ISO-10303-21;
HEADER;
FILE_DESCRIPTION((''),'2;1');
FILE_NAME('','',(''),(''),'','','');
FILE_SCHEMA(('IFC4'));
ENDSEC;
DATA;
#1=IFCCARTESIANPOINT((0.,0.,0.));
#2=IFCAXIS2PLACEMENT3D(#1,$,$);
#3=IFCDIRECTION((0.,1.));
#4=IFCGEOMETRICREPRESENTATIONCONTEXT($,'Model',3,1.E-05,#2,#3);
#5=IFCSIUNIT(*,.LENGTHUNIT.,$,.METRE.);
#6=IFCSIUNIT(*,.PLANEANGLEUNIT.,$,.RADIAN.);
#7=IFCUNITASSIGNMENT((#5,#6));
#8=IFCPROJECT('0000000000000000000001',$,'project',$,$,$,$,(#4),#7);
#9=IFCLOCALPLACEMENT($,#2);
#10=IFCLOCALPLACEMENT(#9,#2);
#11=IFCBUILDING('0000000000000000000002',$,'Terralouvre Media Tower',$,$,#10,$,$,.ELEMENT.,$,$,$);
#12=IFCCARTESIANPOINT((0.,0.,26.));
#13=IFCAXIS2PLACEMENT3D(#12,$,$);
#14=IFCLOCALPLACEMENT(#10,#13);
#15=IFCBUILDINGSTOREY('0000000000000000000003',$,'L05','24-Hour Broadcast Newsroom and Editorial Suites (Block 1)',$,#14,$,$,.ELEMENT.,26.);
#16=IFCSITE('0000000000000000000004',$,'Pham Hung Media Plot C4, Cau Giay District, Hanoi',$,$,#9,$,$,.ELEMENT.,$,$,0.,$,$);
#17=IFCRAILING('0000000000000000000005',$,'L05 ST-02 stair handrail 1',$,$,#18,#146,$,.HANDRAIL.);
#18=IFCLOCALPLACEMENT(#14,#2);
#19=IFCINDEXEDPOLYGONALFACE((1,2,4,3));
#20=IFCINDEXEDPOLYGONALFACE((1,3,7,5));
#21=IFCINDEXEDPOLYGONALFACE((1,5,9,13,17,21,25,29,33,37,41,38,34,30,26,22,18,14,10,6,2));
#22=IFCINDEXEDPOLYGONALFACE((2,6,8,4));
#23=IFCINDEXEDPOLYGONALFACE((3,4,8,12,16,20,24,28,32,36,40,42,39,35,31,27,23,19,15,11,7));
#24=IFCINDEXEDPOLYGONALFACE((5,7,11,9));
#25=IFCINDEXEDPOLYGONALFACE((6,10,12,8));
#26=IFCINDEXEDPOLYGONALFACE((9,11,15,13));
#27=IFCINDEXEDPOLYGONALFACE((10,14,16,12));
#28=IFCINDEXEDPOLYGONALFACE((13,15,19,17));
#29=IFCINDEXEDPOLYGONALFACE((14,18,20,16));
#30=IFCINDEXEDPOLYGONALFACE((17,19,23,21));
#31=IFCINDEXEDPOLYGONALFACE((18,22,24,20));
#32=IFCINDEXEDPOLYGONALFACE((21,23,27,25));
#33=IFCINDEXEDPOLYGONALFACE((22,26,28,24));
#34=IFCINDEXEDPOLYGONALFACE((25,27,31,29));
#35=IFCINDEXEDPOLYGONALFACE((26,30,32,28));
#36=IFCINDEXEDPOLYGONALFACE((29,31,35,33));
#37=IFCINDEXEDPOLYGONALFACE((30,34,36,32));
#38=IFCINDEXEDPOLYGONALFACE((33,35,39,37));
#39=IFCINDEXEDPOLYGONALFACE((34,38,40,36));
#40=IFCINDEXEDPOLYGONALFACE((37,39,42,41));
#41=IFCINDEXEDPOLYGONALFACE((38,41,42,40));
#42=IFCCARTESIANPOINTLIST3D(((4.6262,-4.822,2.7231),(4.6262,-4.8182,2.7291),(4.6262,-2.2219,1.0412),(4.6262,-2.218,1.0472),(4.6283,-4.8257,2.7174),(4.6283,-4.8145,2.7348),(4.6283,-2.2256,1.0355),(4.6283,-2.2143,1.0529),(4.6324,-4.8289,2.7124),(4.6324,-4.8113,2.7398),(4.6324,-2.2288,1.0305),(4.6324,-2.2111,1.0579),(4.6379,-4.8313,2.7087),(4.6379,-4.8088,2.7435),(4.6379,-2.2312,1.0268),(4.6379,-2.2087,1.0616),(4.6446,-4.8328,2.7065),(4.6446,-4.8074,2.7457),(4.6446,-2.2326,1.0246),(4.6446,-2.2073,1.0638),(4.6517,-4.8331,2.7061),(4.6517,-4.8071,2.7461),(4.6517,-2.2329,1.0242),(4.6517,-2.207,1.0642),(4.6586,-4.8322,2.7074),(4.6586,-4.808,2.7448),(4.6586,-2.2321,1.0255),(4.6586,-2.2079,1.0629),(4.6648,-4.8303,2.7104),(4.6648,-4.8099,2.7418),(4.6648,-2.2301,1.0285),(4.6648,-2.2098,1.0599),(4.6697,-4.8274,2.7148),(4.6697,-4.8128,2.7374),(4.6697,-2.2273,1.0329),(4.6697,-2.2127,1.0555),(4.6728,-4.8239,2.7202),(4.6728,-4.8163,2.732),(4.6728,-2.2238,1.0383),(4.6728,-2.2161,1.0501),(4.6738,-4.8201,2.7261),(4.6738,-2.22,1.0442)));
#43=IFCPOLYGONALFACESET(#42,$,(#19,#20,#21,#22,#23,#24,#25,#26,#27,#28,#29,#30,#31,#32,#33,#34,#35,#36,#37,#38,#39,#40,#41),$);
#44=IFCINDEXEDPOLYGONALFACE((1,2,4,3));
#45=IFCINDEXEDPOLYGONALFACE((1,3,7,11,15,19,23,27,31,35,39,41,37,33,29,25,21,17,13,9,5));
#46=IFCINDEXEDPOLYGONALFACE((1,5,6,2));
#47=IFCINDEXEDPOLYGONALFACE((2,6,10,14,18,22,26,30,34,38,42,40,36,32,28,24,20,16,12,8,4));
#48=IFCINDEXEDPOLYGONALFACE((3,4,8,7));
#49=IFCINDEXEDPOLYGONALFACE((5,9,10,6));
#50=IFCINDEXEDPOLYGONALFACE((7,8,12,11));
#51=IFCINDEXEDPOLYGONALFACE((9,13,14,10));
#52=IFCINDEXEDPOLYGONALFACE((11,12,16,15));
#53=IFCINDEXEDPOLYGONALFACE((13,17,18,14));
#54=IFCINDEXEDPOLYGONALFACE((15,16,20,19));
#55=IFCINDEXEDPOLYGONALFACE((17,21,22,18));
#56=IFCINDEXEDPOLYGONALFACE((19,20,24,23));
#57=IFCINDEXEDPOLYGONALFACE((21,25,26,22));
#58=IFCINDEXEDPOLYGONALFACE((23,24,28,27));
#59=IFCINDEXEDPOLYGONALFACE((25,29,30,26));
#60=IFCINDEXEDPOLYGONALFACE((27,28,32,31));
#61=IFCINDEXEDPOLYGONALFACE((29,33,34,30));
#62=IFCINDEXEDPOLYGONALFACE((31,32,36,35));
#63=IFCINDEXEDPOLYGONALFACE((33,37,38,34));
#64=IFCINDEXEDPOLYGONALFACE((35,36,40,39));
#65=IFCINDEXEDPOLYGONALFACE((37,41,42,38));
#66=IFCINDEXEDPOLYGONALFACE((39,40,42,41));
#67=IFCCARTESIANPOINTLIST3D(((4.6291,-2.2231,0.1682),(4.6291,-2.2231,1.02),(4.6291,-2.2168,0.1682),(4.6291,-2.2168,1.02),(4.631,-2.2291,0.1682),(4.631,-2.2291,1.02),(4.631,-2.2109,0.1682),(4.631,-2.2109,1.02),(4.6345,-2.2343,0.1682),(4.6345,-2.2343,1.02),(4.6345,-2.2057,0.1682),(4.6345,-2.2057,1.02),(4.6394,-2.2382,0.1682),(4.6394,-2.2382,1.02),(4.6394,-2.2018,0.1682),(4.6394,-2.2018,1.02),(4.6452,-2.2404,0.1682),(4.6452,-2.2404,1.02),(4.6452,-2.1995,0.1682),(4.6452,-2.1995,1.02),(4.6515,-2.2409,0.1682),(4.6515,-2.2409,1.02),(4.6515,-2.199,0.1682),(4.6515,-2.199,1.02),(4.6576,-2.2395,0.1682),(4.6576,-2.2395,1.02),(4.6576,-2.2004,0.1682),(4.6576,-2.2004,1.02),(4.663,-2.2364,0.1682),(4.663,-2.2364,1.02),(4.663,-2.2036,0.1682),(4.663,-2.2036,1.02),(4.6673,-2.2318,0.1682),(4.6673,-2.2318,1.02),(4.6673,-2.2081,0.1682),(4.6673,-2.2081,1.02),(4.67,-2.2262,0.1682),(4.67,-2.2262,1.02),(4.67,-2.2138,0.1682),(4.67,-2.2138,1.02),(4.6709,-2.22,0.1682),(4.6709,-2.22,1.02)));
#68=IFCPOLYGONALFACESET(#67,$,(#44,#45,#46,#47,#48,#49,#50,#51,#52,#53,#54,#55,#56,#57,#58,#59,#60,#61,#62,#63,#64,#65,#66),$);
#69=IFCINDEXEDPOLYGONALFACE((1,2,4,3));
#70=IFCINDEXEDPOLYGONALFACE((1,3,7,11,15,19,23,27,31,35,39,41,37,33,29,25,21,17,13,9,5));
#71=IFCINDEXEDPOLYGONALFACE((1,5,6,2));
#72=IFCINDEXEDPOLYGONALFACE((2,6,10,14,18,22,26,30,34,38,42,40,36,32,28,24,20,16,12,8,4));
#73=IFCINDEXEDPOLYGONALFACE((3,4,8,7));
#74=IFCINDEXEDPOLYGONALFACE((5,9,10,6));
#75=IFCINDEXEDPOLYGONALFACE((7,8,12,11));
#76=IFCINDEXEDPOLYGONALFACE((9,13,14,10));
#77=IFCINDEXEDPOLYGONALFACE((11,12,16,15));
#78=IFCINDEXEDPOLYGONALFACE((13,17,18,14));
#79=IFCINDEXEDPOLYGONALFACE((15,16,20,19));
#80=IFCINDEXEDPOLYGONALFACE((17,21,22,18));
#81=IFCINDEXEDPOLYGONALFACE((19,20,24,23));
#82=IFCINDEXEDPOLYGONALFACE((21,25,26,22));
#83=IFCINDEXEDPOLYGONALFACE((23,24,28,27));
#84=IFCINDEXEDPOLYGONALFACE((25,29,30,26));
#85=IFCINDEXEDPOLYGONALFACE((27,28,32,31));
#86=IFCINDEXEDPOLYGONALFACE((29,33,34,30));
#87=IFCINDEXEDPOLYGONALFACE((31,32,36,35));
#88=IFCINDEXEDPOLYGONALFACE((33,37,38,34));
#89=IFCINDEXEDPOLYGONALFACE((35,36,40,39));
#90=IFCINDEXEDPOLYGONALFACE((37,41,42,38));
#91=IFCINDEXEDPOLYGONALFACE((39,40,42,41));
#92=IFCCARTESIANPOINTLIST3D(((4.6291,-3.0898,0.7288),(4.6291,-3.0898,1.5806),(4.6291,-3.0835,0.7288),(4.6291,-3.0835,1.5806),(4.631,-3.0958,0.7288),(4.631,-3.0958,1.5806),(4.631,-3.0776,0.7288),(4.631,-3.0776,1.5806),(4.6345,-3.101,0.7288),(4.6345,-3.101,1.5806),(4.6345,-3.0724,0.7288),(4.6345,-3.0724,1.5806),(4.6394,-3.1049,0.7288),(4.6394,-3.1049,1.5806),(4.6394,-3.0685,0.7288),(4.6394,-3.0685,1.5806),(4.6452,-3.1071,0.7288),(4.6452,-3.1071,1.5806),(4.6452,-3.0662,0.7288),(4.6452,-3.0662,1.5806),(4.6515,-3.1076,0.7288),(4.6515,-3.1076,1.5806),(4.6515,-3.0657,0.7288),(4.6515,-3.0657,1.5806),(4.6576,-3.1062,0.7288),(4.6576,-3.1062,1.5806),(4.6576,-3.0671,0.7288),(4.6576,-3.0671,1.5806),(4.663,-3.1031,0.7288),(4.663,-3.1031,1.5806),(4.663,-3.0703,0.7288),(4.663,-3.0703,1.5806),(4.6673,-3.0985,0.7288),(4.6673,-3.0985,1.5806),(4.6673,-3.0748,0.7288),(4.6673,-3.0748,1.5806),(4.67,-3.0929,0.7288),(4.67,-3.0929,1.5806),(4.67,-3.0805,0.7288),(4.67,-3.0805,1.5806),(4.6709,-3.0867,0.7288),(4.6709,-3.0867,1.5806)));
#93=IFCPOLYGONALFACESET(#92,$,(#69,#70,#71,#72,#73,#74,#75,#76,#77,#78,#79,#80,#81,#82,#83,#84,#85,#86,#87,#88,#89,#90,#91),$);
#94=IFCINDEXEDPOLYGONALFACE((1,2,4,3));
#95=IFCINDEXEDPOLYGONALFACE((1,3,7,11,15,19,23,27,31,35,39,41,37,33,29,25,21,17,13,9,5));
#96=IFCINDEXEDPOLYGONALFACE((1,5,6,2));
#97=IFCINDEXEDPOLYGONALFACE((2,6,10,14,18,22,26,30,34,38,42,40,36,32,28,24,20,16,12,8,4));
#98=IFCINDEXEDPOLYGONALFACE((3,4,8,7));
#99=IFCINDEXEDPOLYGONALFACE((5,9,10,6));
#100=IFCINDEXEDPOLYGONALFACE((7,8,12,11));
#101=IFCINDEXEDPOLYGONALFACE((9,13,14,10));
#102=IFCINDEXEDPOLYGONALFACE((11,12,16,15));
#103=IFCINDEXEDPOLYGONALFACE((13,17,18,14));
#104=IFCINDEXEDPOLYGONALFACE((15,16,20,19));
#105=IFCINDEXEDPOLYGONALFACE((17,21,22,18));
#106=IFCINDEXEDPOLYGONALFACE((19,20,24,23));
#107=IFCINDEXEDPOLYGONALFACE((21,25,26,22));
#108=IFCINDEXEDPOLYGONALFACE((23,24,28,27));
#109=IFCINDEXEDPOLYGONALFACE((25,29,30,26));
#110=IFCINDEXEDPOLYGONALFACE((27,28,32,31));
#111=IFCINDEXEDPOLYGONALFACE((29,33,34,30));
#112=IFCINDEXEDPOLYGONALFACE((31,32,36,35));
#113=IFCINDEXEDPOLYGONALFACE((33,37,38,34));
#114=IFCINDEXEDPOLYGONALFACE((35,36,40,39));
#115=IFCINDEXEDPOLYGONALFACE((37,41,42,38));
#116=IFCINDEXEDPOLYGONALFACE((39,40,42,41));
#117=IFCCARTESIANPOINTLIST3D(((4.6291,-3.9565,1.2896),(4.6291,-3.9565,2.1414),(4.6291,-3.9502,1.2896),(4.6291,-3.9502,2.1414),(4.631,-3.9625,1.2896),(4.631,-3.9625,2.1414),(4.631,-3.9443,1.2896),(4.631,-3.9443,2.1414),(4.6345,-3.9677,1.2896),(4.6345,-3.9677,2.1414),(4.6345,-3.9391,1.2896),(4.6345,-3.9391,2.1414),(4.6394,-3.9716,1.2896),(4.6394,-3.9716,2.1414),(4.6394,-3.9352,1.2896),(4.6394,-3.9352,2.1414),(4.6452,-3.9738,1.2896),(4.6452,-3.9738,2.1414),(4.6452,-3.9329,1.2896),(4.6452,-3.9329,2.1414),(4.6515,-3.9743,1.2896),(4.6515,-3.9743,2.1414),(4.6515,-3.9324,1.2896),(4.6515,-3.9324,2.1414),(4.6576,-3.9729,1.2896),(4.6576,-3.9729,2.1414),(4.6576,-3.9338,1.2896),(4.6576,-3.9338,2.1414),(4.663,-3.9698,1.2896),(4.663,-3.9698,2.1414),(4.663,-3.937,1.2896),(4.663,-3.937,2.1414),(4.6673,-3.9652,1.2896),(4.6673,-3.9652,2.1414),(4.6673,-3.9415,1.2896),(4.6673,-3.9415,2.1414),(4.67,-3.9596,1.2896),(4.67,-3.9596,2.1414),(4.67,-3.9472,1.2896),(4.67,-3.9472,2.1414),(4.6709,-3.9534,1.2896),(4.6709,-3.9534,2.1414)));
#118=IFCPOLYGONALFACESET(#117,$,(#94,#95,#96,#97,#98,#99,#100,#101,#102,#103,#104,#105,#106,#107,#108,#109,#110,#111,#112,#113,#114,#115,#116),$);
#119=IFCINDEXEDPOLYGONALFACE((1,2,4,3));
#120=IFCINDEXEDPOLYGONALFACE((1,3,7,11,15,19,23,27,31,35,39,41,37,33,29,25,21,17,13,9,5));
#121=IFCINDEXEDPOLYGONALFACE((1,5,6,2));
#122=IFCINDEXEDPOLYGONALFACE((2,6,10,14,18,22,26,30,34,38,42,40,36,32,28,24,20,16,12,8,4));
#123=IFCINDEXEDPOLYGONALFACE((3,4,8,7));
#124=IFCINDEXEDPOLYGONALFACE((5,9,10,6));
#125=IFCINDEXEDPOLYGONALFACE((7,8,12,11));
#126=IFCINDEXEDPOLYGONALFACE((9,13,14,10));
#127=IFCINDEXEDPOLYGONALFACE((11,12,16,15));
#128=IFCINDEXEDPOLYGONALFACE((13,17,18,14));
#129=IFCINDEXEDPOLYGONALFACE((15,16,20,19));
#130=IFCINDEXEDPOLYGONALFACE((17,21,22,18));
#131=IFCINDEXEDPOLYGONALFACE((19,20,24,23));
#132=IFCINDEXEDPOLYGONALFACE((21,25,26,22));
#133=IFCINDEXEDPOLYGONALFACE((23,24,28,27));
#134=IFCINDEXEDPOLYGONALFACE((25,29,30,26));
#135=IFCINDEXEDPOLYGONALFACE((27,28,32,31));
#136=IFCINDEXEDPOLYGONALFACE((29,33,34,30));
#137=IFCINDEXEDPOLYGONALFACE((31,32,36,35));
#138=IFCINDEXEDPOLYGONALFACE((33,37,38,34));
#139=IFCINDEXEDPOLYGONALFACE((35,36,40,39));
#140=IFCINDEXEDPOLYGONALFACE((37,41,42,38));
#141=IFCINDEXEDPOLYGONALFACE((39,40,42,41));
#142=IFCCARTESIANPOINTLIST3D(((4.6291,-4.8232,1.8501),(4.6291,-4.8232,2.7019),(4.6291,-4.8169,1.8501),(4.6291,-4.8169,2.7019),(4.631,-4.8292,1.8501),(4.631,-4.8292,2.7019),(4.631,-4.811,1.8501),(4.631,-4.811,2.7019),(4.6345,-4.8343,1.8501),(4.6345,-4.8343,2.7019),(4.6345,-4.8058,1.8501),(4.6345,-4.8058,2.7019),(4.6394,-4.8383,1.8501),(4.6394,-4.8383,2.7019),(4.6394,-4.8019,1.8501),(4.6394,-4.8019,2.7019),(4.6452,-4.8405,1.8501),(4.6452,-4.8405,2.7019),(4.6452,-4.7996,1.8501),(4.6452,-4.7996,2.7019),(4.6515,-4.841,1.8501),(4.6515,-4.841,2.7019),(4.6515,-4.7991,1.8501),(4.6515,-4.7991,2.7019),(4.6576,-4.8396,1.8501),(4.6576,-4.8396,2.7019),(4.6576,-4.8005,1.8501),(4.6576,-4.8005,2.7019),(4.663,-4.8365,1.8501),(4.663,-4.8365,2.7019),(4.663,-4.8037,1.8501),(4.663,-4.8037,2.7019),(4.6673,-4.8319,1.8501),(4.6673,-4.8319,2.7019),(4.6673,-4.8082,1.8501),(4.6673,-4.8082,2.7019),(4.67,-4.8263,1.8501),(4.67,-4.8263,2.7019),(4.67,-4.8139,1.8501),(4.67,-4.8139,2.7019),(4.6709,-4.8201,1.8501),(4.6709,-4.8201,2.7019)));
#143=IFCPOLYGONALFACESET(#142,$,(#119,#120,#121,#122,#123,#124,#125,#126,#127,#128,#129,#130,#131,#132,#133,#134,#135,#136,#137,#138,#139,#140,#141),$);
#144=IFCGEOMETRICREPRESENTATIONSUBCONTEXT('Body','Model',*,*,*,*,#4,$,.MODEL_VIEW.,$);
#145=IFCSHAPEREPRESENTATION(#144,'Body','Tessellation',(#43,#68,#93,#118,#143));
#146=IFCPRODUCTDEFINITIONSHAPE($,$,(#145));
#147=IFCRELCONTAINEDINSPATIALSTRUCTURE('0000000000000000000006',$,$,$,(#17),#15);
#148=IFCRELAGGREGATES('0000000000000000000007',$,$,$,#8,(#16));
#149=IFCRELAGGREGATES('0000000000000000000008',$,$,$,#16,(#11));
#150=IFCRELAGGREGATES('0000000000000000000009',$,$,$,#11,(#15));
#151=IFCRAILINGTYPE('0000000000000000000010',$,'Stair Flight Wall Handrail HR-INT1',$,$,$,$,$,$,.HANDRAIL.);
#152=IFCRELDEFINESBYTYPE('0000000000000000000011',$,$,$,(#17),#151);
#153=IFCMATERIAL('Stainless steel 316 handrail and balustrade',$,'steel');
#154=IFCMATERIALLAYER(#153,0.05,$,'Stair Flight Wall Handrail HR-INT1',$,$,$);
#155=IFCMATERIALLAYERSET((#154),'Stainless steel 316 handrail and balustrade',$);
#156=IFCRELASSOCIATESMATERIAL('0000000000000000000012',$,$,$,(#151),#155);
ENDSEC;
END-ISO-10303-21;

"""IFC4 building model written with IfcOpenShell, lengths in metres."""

from ifc_helpers import new_model, si_unit, direction, frame, origin, origin_2d, place, context, subcontext, project, spatial, circle, extrude, material, layer, layer_set, type_object, element, save


model = new_model("IFC4")

# Units and contexts
model_context = context("Model", 3, precision=1e-05, world=origin(), true_north=direction((0.0, 1.0)))
body_context = subcontext(model_context, "Body", "Model", "MODEL_VIEW")
ifc_project = project(units=[si_unit("LENGTHUNIT", "METRE"), si_unit("PLANEANGLEUNIT", "RADIAN")], contexts=[model_context])

# Site, building, storey
site_placement = place(None, origin())
site = spatial("IfcSite", under=ifc_project, at=site_placement, Name="Pham Hung Media Plot C4, Cau Giay District, Hanoi", CompositionType="ELEMENT", RefElevation=0.0)
building_placement = place(site_placement, origin())
building = spatial("IfcBuilding", under=site, at=building_placement, Name="Terralouvre Media Tower", CompositionType="ELEMENT")
storey_placement = place(building_placement, frame((0.0, 0.0, 26.0)))
storey = spatial("IfcBuildingStorey", under=building, at=storey_placement, Name="L05", Description="24-Hour Broadcast Newsroom and Editorial Suites (Block 1)", CompositionType="ELEMENT", Elevation=26.0)

# Railing
ifc_material_1 = material(Name="Stainless steel 316 handrail and balustrade", Category="steel")
ifc_layer_1 = layer(ifc_material_1, 0.05, Name="Stair Flight Wall Handrail HR-INT1")
ifc_layer_set_1 = layer_set([ifc_layer_1], Name="Stainless steel 316 handrail and balustrade")
railing_type_1 = type_object("IfcRailingType", Name="Stair Flight Wall Handrail HR-INT1", PredefinedType="HANDRAIL", material=ifc_layer_set_1)
railing_1_placement = place(storey_placement, frame((4.6499, -2.22, 0.1682)))
element("IfcRailing", 1, at=railing_1_placement, inside=storey, type_object=railing_type_1, Name="L05 ST-02 stair handrail 1", PredefinedType="HANDRAIL", context=body_context, shape_type="SweptSolid", body=[
    extrude(circle(Radius=0.0239, at=origin_2d()), frame((0.0, 0.0, 0.876), z_axis=(0.0, -0.839648, 0.54313), x_axis=(1.0, 0.0, 0.0)), (0.0, 0.0, 1.0), 3.0967),
    extrude(circle(Radius=0.021, at=origin_2d()), origin(), (0.0, 0.0, 1.0), 0.8518),
    extrude(circle(Radius=0.021, at=origin_2d()), frame((0.0, -0.8667, 0.5605)), (0.0, 0.0, 1.0), 0.8518),
    extrude(circle(Radius=0.021, at=origin_2d()), frame((0.0, -1.7334, 1.1213)), (0.0, 0.0, 1.0), 0.8518),
    extrude(circle(Radius=0.021, at=origin_2d()), frame((0.0, -2.6001, 1.6819)), (0.0, 0.0, 1.0), 0.8518),
])

save(model, "model.ifc")
